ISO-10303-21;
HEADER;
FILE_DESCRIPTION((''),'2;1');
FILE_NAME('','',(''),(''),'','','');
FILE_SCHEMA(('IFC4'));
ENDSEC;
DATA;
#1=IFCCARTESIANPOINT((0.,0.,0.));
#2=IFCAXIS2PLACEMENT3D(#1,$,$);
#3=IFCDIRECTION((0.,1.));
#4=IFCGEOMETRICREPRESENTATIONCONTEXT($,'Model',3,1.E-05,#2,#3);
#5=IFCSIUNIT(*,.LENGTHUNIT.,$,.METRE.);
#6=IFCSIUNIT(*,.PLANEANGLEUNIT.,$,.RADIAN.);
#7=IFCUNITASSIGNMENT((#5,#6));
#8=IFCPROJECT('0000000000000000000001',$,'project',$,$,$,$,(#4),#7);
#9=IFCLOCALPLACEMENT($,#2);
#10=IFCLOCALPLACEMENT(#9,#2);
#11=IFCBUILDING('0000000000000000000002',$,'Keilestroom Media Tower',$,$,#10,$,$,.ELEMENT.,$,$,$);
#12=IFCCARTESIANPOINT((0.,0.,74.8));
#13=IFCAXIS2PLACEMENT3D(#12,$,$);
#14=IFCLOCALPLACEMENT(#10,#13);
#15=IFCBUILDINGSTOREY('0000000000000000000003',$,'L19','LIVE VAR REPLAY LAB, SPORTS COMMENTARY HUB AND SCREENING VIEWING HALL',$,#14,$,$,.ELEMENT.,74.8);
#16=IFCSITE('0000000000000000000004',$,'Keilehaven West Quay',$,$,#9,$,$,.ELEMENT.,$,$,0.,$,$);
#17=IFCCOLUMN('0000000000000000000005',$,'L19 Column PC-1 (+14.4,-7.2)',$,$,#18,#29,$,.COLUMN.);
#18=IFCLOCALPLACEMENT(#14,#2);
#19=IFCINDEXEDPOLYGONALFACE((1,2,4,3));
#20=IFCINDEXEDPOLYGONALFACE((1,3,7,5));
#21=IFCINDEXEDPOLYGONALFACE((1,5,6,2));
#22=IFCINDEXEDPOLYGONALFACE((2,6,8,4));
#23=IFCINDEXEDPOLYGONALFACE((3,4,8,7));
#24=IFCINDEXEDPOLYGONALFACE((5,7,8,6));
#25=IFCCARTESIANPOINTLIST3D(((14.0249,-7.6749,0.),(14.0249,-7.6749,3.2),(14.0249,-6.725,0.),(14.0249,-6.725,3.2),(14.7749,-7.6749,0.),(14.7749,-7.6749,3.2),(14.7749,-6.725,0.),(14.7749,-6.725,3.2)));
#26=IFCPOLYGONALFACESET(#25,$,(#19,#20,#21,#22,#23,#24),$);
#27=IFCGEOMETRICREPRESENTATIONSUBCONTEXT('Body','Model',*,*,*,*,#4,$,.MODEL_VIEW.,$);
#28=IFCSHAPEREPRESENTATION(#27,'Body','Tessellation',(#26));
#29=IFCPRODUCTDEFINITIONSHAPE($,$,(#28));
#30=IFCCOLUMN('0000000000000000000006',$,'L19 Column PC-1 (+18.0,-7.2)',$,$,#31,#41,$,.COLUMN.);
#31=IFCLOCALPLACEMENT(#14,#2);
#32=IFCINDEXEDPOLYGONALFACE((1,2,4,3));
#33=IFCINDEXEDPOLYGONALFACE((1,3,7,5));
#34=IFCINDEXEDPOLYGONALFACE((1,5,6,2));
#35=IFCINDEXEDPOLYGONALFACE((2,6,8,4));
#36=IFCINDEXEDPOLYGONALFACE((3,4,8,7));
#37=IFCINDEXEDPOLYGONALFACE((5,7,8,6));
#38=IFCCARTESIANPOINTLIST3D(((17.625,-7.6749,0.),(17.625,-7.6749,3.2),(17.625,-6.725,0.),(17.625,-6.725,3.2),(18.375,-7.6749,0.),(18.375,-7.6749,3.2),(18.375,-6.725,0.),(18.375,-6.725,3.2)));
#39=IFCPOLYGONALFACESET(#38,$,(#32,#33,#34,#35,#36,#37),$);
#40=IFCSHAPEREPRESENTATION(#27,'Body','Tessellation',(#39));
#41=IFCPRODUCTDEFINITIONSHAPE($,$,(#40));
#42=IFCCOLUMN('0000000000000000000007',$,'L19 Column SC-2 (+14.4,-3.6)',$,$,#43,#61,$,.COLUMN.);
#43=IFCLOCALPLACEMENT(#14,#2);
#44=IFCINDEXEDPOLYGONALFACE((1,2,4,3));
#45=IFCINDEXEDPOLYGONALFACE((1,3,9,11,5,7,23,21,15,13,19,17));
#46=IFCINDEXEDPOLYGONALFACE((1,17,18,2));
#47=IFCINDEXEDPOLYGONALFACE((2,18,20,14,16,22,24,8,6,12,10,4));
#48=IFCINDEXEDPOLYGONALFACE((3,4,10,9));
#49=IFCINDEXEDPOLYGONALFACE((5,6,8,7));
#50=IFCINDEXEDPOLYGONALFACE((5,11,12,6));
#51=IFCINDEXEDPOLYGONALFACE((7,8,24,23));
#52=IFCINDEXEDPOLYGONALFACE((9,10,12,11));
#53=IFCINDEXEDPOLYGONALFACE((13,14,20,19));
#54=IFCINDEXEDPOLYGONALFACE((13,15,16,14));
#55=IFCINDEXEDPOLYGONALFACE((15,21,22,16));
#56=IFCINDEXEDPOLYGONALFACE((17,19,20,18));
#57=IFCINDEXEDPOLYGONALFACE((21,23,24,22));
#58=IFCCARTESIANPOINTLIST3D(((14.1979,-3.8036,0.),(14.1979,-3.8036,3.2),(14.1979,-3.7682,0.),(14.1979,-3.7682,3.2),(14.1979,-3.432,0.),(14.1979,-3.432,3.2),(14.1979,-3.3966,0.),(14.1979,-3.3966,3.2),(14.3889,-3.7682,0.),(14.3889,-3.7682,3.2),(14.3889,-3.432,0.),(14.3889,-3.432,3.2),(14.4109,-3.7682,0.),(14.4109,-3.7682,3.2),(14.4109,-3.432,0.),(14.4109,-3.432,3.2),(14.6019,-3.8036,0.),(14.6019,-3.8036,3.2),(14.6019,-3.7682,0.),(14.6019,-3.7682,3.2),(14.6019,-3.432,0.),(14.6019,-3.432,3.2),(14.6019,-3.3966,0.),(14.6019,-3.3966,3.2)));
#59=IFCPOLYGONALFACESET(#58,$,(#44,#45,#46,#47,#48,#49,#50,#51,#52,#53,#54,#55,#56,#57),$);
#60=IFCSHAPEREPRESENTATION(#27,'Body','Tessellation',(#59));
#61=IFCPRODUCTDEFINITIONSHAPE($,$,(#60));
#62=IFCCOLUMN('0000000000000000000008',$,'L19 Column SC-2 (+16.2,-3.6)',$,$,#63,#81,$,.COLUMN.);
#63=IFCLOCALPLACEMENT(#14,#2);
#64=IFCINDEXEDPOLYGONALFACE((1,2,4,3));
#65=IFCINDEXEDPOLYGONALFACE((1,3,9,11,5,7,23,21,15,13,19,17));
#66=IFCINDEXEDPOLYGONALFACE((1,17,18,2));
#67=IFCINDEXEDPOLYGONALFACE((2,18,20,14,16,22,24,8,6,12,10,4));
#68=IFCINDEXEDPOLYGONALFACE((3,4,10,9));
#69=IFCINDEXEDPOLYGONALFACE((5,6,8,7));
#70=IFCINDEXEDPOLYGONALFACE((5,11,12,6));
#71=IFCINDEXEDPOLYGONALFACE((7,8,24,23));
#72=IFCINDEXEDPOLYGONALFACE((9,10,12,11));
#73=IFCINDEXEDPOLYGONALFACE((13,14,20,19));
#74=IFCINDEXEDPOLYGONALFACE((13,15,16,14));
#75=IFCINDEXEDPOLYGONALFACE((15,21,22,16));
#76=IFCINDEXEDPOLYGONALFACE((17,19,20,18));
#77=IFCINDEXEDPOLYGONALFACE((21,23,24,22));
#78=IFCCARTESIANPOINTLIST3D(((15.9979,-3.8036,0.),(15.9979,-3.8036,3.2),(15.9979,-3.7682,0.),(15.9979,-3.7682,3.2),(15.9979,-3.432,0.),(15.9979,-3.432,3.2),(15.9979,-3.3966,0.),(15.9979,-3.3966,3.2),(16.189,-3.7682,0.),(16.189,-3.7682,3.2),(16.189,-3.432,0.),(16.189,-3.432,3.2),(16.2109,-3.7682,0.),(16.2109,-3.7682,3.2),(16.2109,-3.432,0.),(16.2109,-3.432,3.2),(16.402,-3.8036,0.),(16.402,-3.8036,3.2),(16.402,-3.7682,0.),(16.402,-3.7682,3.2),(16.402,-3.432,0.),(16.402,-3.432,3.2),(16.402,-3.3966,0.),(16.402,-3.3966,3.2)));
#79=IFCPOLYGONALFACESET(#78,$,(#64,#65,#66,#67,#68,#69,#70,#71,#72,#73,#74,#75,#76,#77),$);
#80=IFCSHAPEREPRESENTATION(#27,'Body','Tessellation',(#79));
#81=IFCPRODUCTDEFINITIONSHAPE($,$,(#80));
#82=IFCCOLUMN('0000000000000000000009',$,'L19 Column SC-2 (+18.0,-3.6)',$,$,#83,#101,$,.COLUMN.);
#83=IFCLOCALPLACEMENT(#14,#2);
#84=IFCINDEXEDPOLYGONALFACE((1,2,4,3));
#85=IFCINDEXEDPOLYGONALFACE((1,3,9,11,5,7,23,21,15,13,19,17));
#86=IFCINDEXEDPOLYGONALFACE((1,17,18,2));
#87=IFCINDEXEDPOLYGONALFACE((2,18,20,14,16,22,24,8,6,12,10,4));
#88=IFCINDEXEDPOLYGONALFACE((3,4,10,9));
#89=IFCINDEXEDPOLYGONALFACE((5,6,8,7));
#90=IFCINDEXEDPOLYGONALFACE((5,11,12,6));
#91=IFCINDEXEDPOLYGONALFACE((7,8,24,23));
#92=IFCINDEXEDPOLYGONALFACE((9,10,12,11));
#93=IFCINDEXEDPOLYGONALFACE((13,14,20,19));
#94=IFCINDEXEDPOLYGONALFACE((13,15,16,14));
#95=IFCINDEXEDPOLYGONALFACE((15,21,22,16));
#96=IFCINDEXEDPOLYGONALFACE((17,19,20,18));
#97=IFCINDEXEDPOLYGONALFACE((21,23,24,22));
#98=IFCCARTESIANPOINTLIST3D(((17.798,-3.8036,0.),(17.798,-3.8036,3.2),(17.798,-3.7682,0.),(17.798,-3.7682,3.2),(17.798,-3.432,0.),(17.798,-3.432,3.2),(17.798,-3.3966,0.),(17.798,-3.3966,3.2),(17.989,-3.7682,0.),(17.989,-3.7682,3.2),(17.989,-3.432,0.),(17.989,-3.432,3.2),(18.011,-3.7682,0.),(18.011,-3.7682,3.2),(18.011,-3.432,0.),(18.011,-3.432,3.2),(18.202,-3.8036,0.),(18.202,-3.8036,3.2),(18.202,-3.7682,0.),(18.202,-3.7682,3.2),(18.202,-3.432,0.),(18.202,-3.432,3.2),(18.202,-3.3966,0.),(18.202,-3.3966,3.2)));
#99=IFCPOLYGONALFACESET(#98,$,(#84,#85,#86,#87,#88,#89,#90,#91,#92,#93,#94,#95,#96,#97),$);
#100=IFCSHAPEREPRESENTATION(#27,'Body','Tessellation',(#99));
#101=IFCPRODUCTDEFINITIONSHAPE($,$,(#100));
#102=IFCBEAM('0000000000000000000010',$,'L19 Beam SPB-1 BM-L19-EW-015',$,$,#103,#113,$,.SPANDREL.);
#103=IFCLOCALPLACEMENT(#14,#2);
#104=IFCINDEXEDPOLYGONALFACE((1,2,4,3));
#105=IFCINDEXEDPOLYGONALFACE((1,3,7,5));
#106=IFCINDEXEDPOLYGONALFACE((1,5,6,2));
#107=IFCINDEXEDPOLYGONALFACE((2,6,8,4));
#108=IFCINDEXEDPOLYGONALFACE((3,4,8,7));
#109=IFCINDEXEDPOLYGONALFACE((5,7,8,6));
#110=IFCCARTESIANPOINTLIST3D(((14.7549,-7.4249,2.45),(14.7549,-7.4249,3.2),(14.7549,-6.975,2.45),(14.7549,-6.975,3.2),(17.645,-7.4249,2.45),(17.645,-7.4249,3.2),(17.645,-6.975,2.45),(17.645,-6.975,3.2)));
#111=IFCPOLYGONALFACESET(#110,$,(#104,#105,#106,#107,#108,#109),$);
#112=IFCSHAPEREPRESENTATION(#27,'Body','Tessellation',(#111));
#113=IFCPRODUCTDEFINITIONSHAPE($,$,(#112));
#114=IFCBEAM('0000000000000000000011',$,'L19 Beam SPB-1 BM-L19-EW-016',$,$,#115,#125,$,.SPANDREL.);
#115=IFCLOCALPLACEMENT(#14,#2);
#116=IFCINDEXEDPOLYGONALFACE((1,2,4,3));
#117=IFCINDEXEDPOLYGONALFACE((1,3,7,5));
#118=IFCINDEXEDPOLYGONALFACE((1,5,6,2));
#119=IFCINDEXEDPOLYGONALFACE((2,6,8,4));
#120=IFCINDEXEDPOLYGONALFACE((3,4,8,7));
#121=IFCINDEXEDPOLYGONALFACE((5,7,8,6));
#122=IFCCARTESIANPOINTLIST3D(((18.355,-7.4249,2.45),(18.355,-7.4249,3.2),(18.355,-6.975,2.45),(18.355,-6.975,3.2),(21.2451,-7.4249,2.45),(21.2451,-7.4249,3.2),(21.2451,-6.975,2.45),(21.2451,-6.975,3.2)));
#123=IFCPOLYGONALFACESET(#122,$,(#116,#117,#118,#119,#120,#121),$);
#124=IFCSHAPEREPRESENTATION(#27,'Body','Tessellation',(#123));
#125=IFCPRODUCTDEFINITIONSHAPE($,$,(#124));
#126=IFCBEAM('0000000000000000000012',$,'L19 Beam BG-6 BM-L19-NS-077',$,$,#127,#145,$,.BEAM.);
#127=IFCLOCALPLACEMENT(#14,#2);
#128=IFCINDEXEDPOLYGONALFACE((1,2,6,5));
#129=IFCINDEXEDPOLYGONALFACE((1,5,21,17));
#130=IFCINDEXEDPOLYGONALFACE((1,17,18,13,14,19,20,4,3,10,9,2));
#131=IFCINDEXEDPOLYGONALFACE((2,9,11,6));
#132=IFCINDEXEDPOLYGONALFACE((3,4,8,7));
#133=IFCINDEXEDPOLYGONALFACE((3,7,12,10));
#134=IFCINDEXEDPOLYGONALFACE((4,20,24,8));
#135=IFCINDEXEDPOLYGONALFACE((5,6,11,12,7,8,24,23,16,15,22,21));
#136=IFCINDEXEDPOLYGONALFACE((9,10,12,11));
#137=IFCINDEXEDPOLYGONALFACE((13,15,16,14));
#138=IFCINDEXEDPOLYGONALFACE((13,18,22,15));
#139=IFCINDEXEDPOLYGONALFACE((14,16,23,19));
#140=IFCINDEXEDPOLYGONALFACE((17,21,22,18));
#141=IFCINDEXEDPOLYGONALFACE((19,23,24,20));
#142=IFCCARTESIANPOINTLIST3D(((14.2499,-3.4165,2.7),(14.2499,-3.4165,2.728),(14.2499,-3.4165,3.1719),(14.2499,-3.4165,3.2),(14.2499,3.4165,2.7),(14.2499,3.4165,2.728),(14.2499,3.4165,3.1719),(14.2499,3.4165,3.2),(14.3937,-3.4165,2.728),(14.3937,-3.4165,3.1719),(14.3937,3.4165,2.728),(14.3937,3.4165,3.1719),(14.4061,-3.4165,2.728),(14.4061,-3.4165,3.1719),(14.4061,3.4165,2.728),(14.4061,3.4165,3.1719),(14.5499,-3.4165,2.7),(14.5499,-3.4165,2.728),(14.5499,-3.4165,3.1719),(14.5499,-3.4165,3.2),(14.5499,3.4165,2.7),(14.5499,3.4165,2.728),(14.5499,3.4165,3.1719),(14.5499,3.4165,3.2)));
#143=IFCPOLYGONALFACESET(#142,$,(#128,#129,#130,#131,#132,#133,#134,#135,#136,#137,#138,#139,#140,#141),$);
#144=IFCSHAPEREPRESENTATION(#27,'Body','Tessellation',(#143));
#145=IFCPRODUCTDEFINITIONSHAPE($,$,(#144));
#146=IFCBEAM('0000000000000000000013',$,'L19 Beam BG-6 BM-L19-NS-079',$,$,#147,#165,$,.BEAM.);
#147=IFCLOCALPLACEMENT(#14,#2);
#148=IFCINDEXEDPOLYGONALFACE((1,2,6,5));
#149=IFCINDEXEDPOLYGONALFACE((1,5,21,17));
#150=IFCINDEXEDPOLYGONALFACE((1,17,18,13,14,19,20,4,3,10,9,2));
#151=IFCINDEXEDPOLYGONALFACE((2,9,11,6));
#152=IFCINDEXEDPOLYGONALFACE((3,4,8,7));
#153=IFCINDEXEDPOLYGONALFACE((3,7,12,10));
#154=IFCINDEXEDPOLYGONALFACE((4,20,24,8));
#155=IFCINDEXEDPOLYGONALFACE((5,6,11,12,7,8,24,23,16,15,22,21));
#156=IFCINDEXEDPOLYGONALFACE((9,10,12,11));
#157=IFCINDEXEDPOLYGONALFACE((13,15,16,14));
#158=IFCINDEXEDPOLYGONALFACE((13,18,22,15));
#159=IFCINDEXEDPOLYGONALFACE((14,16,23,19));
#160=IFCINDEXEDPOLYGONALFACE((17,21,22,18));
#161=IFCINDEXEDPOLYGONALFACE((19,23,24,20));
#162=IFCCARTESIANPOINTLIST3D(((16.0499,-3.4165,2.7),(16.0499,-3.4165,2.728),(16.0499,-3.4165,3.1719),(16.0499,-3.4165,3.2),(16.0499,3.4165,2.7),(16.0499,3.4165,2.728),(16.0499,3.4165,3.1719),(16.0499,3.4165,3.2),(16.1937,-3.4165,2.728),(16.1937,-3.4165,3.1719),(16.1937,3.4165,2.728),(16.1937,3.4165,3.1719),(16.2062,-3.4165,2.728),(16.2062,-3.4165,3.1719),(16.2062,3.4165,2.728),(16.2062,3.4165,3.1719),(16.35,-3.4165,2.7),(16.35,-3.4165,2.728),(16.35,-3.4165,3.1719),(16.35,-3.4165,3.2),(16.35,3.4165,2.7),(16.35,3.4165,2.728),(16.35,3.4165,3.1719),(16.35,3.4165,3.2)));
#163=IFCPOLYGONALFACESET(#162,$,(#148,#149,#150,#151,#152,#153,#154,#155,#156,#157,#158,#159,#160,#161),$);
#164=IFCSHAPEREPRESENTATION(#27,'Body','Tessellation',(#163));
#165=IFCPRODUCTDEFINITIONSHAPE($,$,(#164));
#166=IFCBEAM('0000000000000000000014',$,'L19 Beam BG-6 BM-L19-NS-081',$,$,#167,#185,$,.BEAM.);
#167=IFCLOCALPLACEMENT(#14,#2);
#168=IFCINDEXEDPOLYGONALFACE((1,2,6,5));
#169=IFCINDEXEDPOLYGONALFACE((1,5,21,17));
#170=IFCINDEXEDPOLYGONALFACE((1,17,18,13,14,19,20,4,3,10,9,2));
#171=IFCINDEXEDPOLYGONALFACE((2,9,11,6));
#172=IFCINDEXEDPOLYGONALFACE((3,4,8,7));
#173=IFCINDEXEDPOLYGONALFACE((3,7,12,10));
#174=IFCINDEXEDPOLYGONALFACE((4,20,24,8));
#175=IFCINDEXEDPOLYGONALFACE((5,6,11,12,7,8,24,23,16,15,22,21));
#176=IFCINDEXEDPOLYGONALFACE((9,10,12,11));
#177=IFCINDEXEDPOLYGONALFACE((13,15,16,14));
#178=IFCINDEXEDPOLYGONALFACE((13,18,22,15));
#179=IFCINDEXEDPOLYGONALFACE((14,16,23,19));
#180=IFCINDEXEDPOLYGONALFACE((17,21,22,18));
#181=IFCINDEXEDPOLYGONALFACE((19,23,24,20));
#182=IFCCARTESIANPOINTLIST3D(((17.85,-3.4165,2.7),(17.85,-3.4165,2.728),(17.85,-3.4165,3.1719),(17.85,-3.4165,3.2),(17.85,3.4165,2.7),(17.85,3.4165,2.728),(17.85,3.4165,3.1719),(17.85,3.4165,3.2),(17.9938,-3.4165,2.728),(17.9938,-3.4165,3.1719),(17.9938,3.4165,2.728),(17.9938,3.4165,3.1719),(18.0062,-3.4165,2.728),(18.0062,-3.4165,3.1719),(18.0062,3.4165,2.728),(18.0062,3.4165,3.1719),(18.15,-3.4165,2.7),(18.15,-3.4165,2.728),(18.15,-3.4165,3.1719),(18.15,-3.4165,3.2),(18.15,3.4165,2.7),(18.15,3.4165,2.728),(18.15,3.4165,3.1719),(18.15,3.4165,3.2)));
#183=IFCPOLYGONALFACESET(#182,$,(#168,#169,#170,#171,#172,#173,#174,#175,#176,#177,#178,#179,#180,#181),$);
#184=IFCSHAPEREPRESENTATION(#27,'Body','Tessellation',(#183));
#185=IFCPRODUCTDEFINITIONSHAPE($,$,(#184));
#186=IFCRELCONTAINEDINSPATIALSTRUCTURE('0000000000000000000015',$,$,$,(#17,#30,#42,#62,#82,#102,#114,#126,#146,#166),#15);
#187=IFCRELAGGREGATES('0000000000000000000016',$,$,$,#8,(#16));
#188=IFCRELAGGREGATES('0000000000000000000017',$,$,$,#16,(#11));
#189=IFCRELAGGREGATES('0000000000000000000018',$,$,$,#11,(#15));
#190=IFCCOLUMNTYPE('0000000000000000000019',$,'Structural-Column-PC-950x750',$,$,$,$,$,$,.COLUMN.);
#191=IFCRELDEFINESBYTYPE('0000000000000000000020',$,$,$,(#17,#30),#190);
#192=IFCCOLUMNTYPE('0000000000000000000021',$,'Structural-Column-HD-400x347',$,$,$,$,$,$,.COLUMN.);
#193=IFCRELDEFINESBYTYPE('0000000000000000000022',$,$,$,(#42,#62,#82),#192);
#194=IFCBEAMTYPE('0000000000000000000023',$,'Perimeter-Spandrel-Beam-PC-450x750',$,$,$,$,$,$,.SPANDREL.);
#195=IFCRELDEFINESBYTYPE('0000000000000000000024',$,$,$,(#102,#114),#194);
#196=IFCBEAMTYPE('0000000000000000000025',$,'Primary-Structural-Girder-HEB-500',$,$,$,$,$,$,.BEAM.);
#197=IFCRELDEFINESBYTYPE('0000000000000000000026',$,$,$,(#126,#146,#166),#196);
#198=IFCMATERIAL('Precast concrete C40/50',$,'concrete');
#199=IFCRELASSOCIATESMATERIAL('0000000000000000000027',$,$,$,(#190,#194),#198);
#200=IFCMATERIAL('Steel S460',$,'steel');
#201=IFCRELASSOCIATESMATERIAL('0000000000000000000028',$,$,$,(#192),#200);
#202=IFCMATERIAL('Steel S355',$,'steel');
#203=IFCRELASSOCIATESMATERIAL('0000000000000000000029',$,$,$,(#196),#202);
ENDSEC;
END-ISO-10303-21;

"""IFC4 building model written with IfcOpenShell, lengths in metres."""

from ifc_helpers import new_model, si_unit, direction, frame, origin, origin_2d, place, context, subcontext, project, spatial, rectangle, i_section, extrude, source, transform, mapped, material, material_profile, profile_set, type_object, element, save


model = new_model("IFC4")

# Units and contexts
model_context = context("Model", 3, precision=1e-05, world=origin(), true_north=direction((0.0, 1.0)))
body_context = subcontext(model_context, "Body", "Model", "MODEL_VIEW")
ifc_project = project(units=[si_unit("LENGTHUNIT", "METRE"), si_unit("PLANEANGLEUNIT", "RADIAN")], contexts=[model_context])

# Site, building, storey
site_placement = place(None, origin())
site = spatial("IfcSite", under=ifc_project, at=site_placement, Name="Keilehaven West Quay", CompositionType="ELEMENT", RefElevation=0.0)
building_placement = place(site_placement, origin())
building = spatial("IfcBuilding", under=site, at=building_placement, Name="Keilestroom Media Tower", CompositionType="ELEMENT")
storey_placement = place(building_placement, frame((0.0, 0.0, 74.8)))
storey = spatial("IfcBuildingStorey", under=building, at=storey_placement, Name="L19", Description="LIVE VAR REPLAY LAB, SPORTS COMMENTARY HUB AND SCREENING VIEWING HALL", CompositionType="ELEMENT", Elevation=74.8)

# Columns
ifc_material_1 = material(Name="Precast concrete C40/50", Category="concrete")
ifc_material_profile_1 = material_profile(ifc_material_1, rectangle(XDim=0.75, YDim=0.95, at=origin_2d()), Name="PC 950x750")
ifc_profile_set_1 = profile_set([ifc_material_profile_1], Name="Precast concrete C40/50")
column_type_1 = type_object("IfcColumnType", Name="Structural-Column-PC-950x750", PredefinedType="COLUMN", material=ifc_profile_set_1)
shared_shape_1 = source(origin(), body_context, "Body", "SweptSolid", [
    extrude(rectangle(XDim=0.75, YDim=0.95, at=origin_2d()), origin(), (0.0, 0.0, 1.0), 3.2),
])
for number, where, z_axis, x_axis, name in (
    (1, (14.3999, -7.2, 0.0), (0.0, 0.0, 1.0), (1.0, 0.0, 0.0), "L19 Column PC-1 (+14.4,-7.2)"),
    (2, (18.0, -7.2, 0.0), (0.0, 0.0, 1.0), (1.0, 0.0, 0.0), "L19 Column PC-1 (+18.0,-7.2)"),
):
    element("IfcColumn", number, at=place(storey_placement, frame(where, z_axis=z_axis, x_axis=x_axis)), inside=storey, type_object=column_type_1, Name=name, PredefinedType="COLUMN", context=body_context, shape_type="MappedRepresentation", body=[
        mapped(shared_shape_1, transform((0.0, 0.0, 0.0), x_axis=(1.0, 0.0, 0.0), y_axis=(0.0, 1.0, 0.0), z_axis=(0.0, 0.0, 1.0), scale=1.0)),
    ])
ifc_material_2 = material(Name="Steel S460", Category="steel")
ifc_material_profile_2 = material_profile(ifc_material_2, i_section(OverallWidth=0.4041, OverallDepth=0.407, WebThickness=0.022, FlangeThickness=0.0354, at=origin_2d()), Name="HD 400x347")
ifc_profile_set_2 = profile_set([ifc_material_profile_2], Name="Steel S460")
column_type_2 = type_object("IfcColumnType", Name="Structural-Column-HD-400x347", PredefinedType="COLUMN", material=ifc_profile_set_2)
shared_shape_2 = source(origin(), body_context, "Body", "SweptSolid", [
    extrude(i_section(OverallWidth=0.4041, OverallDepth=0.407, WebThickness=0.022, FlangeThickness=0.0354, at=origin_2d()), origin(), (0.0, 0.0, 1.0), 3.2),
])
for number, where, z_axis, x_axis, name in (
    (3, (14.3999, -3.6001, 0.0), (0.0, 0.0, 1.0), (1.0, 0.0, 0.0), "L19 Column SC-2 (+14.4,-3.6)"),
    (4, (16.2, -3.6001, 0.0), (0.0, 0.0, 1.0), (1.0, 0.0, 0.0), "L19 Column SC-2 (+16.2,-3.6)"),
    (5, (18.0, -3.6001, 0.0), (0.0, 0.0, 1.0), (1.0, 0.0, 0.0), "L19 Column SC-2 (+18.0,-3.6)"),
):
    element("IfcColumn", number, at=place(storey_placement, frame(where, z_axis=z_axis, x_axis=x_axis)), inside=storey, type_object=column_type_2, Name=name, PredefinedType="COLUMN", context=body_context, shape_type="MappedRepresentation", body=[
        mapped(shared_shape_2, transform((0.0, 0.0, 0.0), x_axis=(1.0, 0.0, 0.0), y_axis=(0.0, 1.0, 0.0), z_axis=(0.0, 0.0, 1.0), scale=1.0)),
    ])

# Beams
ifc_material_profile_3 = material_profile(ifc_material_1, rectangle(XDim=0.45, YDim=0.75, at=origin_2d()), Name="PC 450x750")
ifc_profile_set_3 = profile_set([ifc_material_profile_3], Name="Precast concrete C40/50")
beam_type_1 = type_object("IfcBeamType", Name="Perimeter-Spandrel-Beam-PC-450x750", PredefinedType="SPANDREL", material=ifc_profile_set_3)
shared_shape_3 = source(origin(), body_context, "Body", "SweptSolid", [
    extrude(rectangle(XDim=0.45, YDim=0.75, at=origin_2d()), origin(), (0.0, 0.0, 1.0), 2.8901),
])
for number, where, z_axis, x_axis, name in (
    (6, (14.7549, -7.2, 2.825), (1.0, 0.0, 0.0), (0.0, 1.0, 0.0), "L19 Beam SPB-1 BM-L19-EW-015"),
    (7, (18.355, -7.2, 2.825), (1.0, 0.0, 0.0), (0.0, 1.0, 0.0), "L19 Beam SPB-1 BM-L19-EW-016"),
):
    element("IfcBeam", number, at=place(storey_placement, frame(where, z_axis=z_axis, x_axis=x_axis)), inside=storey, type_object=beam_type_1, Name=name, PredefinedType="SPANDREL", context=body_context, shape_type="MappedRepresentation", body=[
        mapped(shared_shape_3, transform((0.0, 0.0, 0.0), x_axis=(1.0, 0.0, 0.0), y_axis=(0.0, 1.0, 0.0), z_axis=(0.0, 0.0, 1.0), scale=1.0)),
    ])
ifc_material_3 = material(Name="Steel S355", Category="steel")
ifc_material_profile_4 = material_profile(ifc_material_3, i_section(OverallWidth=0.3, OverallDepth=0.5, WebThickness=0.0125, FlangeThickness=0.0281, at=origin_2d()), Name="HEB 500")
ifc_profile_set_4 = profile_set([ifc_material_profile_4], Name="Steel S355")
beam_type_2 = type_object("IfcBeamType", Name="Primary-Structural-Girder-HEB-500", PredefinedType="BEAM", material=ifc_profile_set_4)
shared_shape_4 = source(origin(), body_context, "Body", "SweptSolid", [
    extrude(i_section(OverallWidth=0.3, OverallDepth=0.5, WebThickness=0.0125, FlangeThickness=0.0281, at=origin_2d()), origin(), (0.0, 0.0, 1.0), 6.833),
])
for number, where, z_axis, x_axis, name in (
    (8, (14.3999, -3.4165, 2.95), (0.0, 1.0, 0.0), (-1.0, 0.0, 0.0), "L19 Beam BG-6 BM-L19-NS-077"),
    (9, (16.2, -3.4165, 2.95), (0.0, 1.0, 0.0), (-1.0, 0.0, 0.0), "L19 Beam BG-6 BM-L19-NS-079"),
    (10, (18.0, -3.4165, 2.95), (0.0, 1.0, 0.0), (-1.0, 0.0, 0.0), "L19 Beam BG-6 BM-L19-NS-081"),
):
    element("IfcBeam", number, at=place(storey_placement, frame(where, z_axis=z_axis, x_axis=x_axis)), inside=storey, type_object=beam_type_2, Name=name, PredefinedType="BEAM", context=body_context, shape_type="MappedRepresentation", body=[
        mapped(shared_shape_4, transform((0.0, 0.0, 0.0), x_axis=(1.0, 0.0, 0.0), y_axis=(0.0, 1.0, 0.0), z_axis=(0.0, 0.0, 1.0), scale=1.0)),
    ])

save(model, "model.ifc")
